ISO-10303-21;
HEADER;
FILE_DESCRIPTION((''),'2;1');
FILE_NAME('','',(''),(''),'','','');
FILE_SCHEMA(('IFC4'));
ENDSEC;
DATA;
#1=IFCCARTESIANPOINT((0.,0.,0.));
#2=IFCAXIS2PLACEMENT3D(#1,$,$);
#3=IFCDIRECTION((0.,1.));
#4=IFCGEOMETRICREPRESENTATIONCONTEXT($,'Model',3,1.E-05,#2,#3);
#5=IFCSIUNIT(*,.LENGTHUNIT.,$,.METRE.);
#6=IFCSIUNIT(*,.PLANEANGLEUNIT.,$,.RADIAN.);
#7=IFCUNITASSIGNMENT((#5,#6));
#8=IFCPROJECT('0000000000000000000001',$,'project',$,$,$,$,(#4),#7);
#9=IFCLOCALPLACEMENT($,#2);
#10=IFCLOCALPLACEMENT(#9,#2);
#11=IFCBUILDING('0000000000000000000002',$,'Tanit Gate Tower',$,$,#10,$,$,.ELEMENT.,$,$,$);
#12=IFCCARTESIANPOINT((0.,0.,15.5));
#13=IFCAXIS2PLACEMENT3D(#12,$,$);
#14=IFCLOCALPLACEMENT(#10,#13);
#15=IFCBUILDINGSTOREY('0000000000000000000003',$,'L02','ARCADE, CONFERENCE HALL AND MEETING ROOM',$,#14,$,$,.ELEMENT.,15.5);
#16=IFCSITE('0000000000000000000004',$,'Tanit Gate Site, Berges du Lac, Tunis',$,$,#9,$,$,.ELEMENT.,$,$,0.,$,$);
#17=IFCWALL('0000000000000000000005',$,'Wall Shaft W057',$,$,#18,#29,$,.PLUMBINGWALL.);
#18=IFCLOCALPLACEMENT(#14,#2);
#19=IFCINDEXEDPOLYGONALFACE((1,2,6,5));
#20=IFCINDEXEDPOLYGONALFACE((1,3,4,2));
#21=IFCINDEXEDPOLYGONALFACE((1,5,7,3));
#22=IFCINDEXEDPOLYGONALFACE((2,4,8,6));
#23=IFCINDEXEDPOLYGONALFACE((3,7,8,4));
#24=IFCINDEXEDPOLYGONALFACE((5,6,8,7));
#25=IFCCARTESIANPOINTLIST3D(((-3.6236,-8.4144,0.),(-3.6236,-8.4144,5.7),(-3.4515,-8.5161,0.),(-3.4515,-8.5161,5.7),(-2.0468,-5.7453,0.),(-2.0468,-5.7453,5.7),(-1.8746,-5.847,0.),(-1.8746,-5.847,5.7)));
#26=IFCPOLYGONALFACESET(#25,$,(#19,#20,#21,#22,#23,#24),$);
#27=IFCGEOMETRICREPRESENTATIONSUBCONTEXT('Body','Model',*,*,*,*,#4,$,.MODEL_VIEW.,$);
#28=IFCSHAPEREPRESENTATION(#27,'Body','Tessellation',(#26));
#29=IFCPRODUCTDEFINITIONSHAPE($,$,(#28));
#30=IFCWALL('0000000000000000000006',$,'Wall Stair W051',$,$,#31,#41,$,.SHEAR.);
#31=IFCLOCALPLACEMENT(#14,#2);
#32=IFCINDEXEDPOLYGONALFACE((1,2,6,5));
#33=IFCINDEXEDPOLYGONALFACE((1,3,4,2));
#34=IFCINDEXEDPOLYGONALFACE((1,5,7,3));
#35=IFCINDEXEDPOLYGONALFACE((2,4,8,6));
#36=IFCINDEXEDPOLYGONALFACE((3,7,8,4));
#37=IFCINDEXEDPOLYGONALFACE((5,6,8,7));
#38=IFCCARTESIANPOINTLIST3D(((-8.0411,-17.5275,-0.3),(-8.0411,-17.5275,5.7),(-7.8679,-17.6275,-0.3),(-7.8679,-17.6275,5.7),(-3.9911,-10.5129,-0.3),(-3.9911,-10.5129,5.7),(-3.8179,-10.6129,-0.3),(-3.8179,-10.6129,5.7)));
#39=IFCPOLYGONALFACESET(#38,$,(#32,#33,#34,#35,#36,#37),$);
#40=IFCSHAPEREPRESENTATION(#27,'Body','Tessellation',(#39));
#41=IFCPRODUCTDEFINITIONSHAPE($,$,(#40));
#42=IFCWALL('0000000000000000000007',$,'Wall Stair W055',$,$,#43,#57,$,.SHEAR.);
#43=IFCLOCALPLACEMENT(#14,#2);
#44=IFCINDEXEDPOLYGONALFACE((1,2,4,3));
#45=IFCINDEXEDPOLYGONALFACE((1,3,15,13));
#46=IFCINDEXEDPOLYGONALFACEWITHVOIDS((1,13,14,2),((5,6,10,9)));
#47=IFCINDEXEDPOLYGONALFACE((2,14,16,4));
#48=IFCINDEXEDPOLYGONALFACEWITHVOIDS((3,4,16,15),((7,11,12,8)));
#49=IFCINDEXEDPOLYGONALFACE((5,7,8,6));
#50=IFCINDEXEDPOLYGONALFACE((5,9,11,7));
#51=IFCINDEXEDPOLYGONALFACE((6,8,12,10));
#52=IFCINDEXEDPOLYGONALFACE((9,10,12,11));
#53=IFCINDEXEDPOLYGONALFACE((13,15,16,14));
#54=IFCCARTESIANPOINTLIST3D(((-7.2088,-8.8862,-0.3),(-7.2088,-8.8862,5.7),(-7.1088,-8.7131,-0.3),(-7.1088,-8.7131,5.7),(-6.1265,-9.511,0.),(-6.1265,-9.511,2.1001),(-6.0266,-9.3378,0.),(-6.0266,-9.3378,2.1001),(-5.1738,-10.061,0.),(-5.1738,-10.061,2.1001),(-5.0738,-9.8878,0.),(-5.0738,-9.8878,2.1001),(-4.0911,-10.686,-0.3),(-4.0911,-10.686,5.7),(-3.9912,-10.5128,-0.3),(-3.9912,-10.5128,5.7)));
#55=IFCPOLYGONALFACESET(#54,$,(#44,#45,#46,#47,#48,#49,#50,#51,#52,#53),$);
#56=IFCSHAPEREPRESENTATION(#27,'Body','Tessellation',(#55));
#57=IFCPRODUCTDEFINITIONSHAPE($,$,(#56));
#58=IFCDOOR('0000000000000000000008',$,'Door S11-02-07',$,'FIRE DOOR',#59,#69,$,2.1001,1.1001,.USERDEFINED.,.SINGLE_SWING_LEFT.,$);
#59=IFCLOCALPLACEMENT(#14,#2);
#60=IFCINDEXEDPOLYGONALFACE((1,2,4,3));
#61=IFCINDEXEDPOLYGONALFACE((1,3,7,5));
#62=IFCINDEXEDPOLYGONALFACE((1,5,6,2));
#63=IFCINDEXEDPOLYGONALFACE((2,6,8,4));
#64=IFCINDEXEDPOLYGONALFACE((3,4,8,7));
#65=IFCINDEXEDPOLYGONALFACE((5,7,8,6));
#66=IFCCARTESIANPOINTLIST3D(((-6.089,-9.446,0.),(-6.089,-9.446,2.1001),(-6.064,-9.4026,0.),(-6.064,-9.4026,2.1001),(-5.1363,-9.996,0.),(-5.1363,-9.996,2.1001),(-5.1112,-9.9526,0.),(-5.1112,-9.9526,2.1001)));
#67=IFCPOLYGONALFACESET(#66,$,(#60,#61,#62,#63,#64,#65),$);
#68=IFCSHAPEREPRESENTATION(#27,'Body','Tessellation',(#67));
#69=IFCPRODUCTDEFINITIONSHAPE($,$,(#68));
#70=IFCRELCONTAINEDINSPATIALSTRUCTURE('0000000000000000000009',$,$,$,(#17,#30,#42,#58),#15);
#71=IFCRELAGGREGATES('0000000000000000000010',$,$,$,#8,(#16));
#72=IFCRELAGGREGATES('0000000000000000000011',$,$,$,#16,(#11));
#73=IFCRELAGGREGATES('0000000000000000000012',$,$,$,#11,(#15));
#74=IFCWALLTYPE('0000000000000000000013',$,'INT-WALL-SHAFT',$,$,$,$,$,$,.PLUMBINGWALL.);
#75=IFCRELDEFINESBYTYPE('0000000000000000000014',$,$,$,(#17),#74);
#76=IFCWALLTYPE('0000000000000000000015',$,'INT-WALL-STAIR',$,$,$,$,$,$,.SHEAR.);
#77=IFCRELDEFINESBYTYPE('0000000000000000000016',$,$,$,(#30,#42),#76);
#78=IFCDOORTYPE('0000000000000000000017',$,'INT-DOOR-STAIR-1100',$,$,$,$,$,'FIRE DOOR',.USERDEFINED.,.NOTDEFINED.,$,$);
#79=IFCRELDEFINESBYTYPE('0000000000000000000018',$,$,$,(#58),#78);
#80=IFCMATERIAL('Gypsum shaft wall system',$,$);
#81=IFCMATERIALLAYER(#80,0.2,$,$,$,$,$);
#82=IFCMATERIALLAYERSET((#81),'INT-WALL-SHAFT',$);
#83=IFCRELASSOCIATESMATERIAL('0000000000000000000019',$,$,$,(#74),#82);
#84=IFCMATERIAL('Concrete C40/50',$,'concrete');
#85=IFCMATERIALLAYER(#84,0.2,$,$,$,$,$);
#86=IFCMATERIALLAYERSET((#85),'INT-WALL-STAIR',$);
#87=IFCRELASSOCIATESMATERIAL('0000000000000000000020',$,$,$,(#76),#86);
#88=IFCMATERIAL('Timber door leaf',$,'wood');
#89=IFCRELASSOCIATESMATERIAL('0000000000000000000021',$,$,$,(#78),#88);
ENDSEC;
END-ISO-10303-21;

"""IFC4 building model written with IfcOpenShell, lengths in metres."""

from ifc_helpers import new_model, si_unit, direction, frame, frame_2d, origin, place, context, subcontext, project, spatial, rectangle, extrude, material, layer, layer_set, type_object, element, fill, save


model = new_model("IFC4")

# Units and contexts
model_context = context("Model", 3, precision=1e-05, world=origin(), true_north=direction((0.0, 1.0)))
body_context = subcontext(model_context, "Body", "Model", "MODEL_VIEW")
ifc_project = project(units=[si_unit("LENGTHUNIT", "METRE"), si_unit("PLANEANGLEUNIT", "RADIAN")], contexts=[model_context])

# Site, building, storey
site_placement = place(None, origin())
site = spatial("IfcSite", under=ifc_project, at=site_placement, Name="Tanit Gate Site, Berges du Lac, Tunis", CompositionType="ELEMENT", RefElevation=0.0)
building_placement = place(site_placement, origin())
building = spatial("IfcBuilding", under=site, at=building_placement, Name="Tanit Gate Tower", CompositionType="ELEMENT")
storey_placement = place(building_placement, frame((0.0, 0.0, 15.5)))
storey = spatial("IfcBuildingStorey", under=building, at=storey_placement, Name="L02", Description="ARCADE, CONFERENCE HALL AND MEETING ROOM", CompositionType="ELEMENT", Elevation=15.5)

# Shared definitions
ifc_material_1 = material(Name="Gypsum shaft wall system")
ifc_layer_1 = layer(ifc_material_1, 0.2)
ifc_layer_set_1 = layer_set([ifc_layer_1], Name="INT-WALL-SHAFT")
wall_type_1 = type_object("IfcWallType", Name="INT-WALL-SHAFT", PredefinedType="PLUMBINGWALL", material=ifc_layer_set_1)

# Walls
wall_1_placement = place(storey_placement, frame((-1.9607, -5.7961, 0.0), z_axis=(0.0, 0.0, 1.0), x_axis=(-0.508647, -0.860975, 0.0)))
element("IfcWall", 1, at=wall_1_placement, inside=storey, type_object=wall_type_1, Name="Wall Shaft W057", PredefinedType="PLUMBINGWALL", context=body_context, shape_type="SweptSolid", body=[
    extrude(rectangle(XDim=3.1001, YDim=0.2, at=frame_2d((1.55, 0.0))), origin(), (0.0, 0.0, 1.0), 5.7),
])
ifc_material_2 = material(Name="Concrete C40/50", Category="concrete")
ifc_layer_2 = layer(ifc_material_2, 0.2)
ifc_layer_set_2 = layer_set([ifc_layer_2], Name="INT-WALL-STAIR")
wall_type_2 = type_object("IfcWallType", Name="INT-WALL-STAIR", PredefinedType="SHEAR", material=ifc_layer_set_2)
wall_2_placement = place(storey_placement, frame((-3.9045, -10.563, -0.3), z_axis=(0.0, 0.0, 1.0), x_axis=(-0.500013, -0.866018, 0.0)))
element("IfcWall", 2, at=wall_2_placement, inside=storey, type_object=wall_type_2, Name="Wall Stair W051", PredefinedType="SHEAR", context=body_context, shape_type="SweptSolid", body=[
    extrude(rectangle(XDim=8.0999, YDim=0.2, at=frame_2d((4.0498, 0.0))), origin(), (0.0, 0.0, 1.0), 6.0),
])

# Wall, opening, door
wall_3_placement = place(storey_placement, frame((-4.0413, -10.5994, -0.3), z_axis=(0.0, 0.0, 1.0), x_axis=(-0.866048, 0.499961, 0.0)))
wall_3 = element("IfcWall", 3, at=wall_3_placement, inside=storey, type_object=wall_type_2, Name="Wall Stair W055", PredefinedType="SHEAR", context=body_context, shape_type="SweptSolid", body=[
    extrude(rectangle(XDim=3.5999, YDim=0.2, at=frame_2d((1.7998, 0.0))), origin(), (0.0, 0.0, 1.0), 6.0),
])
opening_1_placement = place(wall_3_placement, frame((1.25, 0.0, 0.3)))
opening_1 = element("IfcOpeningElement", 4, at=opening_1_placement, cuts=wall_3, PredefinedType="OPENING", context=body_context, shape_type="SweptSolid", body=[
    extrude(rectangle(XDim=1.1001, YDim=2.1001, at=frame_2d((0.55, 1.05))), frame((0.0, 0.1099, 0.0), z_axis=(0.0, -1.0, 0.0), x_axis=(1.0, 0.0, 0.0)), (0.0, 0.0, 1.0), 0.22),
])
ifc_material_3 = material(Name="Timber door leaf", Category="wood")
door_type_1 = type_object("IfcDoorType", Name="INT-DOOR-STAIR-1100", ElementType="FIRE DOOR", OperationType="NOTDEFINED", PredefinedType="USERDEFINED", material=ifc_material_3)
door_1_placement = place(opening_1_placement, origin())
door_1 = element("IfcDoor", 5, at=door_1_placement, inside=storey, type_object=door_type_1, Name="Door S11-02-07", ObjectType="FIRE DOOR", OperationType="SINGLE_SWING_LEFT", OverallHeight=2.1001, OverallWidth=1.1001, PredefinedType="USERDEFINED", context=body_context, shape_type="SweptSolid", body=[
    extrude(rectangle(XDim=1.1001, YDim=2.1001, at=frame_2d((0.55, 1.05))), frame((0.0, 0.0249, 0.0), z_axis=(0.0, -1.0, 0.0), x_axis=(1.0, 0.0, 0.0)), (0.0, 0.0, 1.0), 0.05),
])
fill(opening_1, door_1)

save(model, "model.ifc")
